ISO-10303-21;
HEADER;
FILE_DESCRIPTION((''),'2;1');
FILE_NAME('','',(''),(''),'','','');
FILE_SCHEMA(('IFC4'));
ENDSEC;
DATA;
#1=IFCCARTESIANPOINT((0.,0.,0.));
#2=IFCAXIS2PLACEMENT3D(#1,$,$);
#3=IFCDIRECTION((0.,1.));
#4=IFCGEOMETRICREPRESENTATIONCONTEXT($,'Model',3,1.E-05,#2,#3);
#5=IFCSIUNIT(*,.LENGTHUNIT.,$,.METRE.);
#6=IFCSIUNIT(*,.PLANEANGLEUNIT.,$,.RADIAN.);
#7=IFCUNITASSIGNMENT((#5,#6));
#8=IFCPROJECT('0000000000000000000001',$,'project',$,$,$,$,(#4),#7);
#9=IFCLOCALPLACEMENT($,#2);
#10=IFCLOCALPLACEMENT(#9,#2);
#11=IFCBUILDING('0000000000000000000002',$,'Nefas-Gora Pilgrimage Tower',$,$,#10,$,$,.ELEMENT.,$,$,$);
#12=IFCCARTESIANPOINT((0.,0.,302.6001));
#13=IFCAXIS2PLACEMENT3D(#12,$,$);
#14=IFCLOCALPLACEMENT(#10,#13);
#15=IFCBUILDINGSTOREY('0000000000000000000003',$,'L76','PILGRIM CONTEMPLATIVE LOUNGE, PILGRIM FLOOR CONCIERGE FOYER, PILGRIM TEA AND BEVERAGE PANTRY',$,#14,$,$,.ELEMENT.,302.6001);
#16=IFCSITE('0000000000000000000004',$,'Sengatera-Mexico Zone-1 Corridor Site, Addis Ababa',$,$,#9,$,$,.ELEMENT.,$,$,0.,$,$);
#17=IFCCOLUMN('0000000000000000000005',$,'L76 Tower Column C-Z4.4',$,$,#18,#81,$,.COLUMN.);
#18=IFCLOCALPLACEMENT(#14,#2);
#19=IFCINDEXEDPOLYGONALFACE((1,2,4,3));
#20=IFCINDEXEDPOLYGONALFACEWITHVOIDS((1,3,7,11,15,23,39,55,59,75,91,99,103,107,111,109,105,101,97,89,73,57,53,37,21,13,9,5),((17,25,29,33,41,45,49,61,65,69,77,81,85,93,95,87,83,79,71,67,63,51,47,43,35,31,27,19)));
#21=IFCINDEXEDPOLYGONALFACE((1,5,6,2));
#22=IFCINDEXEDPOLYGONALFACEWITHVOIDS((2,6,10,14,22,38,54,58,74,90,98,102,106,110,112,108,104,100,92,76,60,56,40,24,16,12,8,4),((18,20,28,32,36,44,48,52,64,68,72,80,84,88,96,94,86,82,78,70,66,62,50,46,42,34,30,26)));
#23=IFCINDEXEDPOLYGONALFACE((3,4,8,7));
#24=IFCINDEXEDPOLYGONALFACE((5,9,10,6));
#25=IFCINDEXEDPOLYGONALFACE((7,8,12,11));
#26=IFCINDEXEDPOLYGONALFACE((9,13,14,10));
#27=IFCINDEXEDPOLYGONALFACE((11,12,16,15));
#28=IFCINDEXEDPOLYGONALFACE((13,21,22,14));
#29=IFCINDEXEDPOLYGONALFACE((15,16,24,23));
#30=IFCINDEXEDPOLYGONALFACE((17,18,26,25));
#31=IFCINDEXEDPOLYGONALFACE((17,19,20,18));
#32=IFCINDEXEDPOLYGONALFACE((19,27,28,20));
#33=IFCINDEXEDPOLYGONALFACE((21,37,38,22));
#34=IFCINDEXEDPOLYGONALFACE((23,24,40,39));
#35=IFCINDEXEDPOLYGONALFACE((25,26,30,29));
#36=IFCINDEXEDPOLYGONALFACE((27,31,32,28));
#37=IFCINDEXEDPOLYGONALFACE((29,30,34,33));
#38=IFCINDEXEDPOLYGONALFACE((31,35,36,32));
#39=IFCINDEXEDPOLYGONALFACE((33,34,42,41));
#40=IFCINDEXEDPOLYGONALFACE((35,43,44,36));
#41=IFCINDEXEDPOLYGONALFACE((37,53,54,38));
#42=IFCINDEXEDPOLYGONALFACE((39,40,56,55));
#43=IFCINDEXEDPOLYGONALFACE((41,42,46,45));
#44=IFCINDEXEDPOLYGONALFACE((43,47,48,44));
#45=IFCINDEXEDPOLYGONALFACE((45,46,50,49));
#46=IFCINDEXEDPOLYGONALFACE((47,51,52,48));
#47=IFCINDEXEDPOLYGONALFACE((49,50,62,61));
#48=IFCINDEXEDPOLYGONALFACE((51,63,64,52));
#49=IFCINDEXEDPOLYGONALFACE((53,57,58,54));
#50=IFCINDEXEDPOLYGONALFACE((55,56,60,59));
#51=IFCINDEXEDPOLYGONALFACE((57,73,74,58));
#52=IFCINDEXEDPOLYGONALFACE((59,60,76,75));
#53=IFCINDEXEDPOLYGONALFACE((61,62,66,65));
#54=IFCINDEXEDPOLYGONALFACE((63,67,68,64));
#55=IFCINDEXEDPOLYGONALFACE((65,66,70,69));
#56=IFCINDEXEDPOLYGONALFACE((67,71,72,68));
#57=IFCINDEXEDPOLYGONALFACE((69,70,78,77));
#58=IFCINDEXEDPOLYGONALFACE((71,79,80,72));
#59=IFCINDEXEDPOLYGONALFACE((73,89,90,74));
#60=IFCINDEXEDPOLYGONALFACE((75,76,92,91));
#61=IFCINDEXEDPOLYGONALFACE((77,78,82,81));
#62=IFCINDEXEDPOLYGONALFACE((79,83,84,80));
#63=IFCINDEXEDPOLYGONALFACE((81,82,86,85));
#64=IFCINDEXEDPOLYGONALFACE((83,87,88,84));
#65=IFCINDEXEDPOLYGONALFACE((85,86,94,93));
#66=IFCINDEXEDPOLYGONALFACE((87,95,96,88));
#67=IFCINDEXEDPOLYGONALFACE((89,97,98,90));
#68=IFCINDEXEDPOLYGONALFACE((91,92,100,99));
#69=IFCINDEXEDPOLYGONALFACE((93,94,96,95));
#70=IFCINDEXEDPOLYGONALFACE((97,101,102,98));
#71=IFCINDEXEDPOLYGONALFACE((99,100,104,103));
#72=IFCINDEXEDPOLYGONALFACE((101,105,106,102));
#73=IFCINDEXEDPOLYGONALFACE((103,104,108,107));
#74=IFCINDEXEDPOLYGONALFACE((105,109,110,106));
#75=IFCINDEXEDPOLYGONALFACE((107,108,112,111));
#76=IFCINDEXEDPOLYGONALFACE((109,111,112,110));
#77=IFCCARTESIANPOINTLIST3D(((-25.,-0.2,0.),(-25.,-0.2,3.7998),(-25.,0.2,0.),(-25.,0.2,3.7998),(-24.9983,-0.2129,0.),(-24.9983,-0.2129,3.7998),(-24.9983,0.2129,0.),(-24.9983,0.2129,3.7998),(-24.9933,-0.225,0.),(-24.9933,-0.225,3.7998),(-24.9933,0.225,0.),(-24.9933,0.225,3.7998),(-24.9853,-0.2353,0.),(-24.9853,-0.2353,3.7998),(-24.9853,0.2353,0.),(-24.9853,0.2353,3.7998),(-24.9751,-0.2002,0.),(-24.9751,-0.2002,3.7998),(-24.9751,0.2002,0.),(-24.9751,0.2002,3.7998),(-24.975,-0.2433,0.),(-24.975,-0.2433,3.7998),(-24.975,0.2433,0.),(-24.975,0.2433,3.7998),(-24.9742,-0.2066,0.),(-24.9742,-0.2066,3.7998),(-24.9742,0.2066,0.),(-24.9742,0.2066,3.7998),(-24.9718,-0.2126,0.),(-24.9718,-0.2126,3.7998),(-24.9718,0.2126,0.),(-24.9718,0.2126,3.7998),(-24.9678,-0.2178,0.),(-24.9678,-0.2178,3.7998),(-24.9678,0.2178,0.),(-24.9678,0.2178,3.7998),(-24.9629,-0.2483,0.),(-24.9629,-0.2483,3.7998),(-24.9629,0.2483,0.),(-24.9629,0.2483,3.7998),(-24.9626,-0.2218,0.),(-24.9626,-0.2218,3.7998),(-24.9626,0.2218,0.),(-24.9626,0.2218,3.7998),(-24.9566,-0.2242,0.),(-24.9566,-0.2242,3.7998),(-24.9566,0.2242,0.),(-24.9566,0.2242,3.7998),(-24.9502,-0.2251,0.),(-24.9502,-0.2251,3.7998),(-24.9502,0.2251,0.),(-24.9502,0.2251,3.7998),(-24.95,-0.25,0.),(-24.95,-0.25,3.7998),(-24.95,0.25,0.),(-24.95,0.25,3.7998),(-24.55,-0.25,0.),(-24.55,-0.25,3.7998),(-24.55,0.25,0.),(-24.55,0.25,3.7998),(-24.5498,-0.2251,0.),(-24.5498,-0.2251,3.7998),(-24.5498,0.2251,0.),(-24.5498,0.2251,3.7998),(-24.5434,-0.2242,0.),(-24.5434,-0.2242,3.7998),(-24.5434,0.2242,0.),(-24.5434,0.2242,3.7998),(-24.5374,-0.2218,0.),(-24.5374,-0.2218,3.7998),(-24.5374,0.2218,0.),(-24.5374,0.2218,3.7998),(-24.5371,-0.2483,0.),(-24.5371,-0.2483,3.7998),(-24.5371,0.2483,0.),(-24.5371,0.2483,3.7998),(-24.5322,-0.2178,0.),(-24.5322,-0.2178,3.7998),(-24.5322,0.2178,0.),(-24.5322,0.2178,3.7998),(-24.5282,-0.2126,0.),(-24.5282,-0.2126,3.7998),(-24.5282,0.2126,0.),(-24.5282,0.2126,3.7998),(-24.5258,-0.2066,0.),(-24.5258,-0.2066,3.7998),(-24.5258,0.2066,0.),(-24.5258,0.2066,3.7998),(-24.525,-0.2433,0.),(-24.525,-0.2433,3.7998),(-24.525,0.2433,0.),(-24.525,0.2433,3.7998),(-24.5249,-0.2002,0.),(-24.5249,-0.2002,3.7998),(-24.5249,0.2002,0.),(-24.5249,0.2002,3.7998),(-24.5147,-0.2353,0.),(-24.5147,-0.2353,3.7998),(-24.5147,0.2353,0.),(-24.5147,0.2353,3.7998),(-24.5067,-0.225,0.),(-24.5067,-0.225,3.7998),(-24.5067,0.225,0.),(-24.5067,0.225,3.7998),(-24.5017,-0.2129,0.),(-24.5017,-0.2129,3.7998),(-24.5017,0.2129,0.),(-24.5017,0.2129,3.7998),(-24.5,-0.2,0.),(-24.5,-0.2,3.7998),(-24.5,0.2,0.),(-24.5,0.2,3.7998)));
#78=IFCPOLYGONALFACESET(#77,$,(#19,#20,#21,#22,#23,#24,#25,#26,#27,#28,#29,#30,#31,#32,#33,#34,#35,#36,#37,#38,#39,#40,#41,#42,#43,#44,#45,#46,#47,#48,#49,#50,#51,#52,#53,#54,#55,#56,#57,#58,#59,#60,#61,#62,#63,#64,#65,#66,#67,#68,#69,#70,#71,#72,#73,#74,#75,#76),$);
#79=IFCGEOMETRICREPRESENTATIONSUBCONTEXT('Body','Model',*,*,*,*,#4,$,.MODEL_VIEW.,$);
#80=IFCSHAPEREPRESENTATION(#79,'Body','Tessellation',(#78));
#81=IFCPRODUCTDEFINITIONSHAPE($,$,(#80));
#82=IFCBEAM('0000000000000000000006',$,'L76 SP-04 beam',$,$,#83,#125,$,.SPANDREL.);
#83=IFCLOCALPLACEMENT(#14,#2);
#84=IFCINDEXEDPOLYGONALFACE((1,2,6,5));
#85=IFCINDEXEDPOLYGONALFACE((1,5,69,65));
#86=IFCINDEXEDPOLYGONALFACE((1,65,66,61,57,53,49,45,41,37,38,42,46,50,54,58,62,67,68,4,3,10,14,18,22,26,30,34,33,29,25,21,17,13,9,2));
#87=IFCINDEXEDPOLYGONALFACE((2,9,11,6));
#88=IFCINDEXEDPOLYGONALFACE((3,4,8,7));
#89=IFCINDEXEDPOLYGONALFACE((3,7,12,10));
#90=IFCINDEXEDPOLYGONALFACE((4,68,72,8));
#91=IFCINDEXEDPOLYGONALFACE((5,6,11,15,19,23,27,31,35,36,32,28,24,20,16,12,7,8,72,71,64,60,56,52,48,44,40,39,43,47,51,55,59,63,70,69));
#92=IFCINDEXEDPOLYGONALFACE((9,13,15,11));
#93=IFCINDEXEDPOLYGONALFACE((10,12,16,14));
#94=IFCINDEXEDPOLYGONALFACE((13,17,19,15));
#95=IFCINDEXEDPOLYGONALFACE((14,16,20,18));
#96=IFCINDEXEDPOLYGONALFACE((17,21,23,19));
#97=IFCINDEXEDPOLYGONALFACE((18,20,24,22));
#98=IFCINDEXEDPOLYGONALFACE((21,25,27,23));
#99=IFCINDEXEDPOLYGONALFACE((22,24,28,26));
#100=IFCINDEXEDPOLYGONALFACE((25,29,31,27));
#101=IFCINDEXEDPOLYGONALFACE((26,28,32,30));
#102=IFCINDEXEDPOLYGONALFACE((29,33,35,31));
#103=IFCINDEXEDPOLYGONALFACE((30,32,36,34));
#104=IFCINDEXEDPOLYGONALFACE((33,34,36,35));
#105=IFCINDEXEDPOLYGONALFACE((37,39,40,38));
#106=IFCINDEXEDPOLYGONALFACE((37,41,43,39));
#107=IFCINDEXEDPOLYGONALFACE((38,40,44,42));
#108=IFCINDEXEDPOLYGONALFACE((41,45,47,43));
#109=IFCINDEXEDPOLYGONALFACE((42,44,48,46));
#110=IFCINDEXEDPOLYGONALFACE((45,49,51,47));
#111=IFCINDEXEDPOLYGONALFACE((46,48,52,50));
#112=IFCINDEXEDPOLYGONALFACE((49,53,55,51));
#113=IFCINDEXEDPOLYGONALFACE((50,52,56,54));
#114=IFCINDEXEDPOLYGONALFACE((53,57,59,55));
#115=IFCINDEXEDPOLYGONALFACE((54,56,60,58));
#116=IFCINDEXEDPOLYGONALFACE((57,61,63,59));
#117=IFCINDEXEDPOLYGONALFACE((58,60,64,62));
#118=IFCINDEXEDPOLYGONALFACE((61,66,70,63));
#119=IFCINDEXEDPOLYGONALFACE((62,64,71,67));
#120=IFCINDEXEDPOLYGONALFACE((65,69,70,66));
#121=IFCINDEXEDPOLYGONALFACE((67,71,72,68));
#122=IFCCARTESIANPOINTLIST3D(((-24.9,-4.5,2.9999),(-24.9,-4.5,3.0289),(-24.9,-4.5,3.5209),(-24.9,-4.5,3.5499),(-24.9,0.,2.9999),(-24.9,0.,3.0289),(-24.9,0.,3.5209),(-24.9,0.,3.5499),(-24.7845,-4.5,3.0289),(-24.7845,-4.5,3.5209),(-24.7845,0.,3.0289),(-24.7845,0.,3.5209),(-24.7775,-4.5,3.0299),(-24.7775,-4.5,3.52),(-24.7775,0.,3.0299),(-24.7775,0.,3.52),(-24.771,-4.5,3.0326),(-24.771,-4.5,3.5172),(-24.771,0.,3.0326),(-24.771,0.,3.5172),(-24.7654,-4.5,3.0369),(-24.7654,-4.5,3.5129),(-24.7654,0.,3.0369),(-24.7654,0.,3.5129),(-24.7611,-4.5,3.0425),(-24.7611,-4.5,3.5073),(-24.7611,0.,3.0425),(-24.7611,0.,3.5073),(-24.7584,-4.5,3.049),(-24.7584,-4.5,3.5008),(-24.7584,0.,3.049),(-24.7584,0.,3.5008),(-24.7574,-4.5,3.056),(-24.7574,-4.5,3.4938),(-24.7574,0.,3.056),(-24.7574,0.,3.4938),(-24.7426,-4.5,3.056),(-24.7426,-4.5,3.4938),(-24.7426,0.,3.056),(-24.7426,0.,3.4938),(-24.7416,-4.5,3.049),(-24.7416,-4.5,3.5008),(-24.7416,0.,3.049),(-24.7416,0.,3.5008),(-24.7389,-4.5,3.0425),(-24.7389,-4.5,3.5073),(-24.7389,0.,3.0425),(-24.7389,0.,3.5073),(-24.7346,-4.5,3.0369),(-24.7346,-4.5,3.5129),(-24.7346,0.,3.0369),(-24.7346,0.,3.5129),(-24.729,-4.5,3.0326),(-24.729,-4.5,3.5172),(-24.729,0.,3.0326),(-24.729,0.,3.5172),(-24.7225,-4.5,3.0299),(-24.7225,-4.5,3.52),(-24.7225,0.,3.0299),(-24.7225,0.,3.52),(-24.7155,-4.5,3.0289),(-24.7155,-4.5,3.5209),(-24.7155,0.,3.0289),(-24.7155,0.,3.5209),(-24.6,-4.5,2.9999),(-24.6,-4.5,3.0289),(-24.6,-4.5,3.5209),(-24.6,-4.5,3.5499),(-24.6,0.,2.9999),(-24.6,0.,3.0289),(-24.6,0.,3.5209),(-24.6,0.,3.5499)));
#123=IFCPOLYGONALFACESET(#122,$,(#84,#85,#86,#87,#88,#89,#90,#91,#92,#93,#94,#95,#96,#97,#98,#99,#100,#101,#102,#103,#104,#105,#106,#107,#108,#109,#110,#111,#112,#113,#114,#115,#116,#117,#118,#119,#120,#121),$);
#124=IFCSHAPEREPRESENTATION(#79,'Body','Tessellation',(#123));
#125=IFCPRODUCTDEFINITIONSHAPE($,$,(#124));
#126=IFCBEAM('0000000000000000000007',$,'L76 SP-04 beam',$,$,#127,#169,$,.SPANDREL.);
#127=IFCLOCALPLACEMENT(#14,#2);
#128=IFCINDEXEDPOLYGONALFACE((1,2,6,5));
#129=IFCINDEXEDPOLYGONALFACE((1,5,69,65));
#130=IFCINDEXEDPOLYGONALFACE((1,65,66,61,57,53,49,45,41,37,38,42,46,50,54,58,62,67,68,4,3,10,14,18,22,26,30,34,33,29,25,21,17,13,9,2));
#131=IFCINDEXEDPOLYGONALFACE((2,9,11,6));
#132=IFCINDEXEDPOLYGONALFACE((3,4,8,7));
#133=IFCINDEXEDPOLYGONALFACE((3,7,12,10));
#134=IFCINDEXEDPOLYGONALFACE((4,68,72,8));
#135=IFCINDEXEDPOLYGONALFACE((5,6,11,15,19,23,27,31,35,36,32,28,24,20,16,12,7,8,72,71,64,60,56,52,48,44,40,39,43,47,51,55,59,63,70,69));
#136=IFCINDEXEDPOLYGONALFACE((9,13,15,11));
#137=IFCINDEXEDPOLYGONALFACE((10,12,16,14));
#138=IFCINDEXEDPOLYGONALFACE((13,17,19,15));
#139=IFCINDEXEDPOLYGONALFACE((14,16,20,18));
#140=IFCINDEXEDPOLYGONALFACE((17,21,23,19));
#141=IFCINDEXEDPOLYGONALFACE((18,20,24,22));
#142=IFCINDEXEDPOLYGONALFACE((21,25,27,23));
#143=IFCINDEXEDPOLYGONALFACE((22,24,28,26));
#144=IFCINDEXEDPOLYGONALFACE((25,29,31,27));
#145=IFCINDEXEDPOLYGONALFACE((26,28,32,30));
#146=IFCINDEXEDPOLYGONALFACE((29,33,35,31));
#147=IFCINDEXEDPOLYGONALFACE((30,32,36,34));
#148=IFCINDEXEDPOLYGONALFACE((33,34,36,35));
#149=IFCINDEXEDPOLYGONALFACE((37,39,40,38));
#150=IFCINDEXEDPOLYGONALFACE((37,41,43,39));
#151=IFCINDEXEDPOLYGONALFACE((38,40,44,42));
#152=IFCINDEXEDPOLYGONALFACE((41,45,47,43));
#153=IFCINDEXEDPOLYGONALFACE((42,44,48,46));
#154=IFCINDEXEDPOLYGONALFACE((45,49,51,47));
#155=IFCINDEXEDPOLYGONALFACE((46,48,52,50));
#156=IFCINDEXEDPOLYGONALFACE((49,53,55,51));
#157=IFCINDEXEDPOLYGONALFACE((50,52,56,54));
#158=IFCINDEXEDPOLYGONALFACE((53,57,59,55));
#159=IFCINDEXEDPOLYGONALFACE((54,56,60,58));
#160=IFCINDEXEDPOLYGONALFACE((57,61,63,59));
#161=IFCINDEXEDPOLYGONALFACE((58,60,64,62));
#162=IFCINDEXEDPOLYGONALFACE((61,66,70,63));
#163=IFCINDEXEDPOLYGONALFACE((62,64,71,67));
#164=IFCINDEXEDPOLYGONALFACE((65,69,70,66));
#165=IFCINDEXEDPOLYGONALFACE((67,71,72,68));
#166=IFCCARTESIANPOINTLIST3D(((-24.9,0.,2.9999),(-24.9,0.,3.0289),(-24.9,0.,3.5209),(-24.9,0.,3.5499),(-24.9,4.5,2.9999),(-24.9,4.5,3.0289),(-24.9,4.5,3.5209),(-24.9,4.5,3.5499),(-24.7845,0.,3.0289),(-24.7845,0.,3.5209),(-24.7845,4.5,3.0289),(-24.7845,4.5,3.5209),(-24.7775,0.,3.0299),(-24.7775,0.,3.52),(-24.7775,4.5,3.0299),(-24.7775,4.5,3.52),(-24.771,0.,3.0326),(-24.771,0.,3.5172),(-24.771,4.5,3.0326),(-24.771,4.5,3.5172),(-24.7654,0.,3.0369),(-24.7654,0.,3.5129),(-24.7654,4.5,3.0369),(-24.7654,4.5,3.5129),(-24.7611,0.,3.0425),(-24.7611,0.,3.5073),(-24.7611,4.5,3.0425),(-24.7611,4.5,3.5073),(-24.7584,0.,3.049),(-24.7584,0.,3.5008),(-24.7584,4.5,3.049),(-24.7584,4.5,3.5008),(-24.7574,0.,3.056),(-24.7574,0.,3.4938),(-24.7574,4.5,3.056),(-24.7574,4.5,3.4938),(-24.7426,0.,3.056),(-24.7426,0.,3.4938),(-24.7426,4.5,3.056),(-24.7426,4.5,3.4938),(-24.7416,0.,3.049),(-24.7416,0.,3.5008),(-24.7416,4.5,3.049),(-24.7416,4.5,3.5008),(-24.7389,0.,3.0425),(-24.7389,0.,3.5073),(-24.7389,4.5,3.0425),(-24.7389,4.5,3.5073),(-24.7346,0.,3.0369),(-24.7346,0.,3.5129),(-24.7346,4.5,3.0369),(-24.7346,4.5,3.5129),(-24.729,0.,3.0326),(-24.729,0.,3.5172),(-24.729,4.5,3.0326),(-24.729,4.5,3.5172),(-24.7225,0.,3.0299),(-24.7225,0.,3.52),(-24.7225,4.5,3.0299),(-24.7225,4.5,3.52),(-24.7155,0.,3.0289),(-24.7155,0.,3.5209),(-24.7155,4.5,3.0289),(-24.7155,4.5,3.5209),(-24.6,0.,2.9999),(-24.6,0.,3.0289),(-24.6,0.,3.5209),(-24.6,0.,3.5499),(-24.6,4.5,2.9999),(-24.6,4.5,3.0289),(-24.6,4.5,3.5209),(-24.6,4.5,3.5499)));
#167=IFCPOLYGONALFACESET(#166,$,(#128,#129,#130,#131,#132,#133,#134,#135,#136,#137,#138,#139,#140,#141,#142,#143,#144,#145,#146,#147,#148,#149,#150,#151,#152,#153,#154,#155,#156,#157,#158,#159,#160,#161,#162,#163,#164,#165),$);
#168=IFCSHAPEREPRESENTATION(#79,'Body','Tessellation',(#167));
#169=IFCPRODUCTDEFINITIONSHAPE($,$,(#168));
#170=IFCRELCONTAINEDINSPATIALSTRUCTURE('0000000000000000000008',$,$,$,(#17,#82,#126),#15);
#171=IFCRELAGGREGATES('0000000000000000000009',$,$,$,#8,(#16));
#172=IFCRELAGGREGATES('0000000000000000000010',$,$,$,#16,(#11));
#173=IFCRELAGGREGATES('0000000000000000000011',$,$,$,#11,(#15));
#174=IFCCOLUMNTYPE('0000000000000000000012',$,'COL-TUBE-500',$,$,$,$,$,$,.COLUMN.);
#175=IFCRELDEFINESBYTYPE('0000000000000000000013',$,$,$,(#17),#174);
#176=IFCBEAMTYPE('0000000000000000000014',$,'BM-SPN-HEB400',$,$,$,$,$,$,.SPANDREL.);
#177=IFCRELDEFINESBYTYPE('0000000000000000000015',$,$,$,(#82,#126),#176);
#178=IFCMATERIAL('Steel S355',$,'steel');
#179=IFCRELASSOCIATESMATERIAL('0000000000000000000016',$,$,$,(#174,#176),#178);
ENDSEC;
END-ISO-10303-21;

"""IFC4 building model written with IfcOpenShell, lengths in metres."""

from ifc_helpers import new_model, si_unit, direction, frame, origin, origin_2d, place, context, subcontext, project, spatial, hollow_rectangle, i_section, extrude, source, transform, mapped, material, material_profile, profile_set, type_object, element, save


model = new_model("IFC4")

# Units and contexts
model_context = context("Model", 3, precision=1e-05, world=origin(), true_north=direction((0.0, 1.0)))
body_context = subcontext(model_context, "Body", "Model", "MODEL_VIEW")
ifc_project = project(units=[si_unit("LENGTHUNIT", "METRE"), si_unit("PLANEANGLEUNIT", "RADIAN")], contexts=[model_context])

# Site, building, storey
site_placement = place(None, origin())
site = spatial("IfcSite", under=ifc_project, at=site_placement, Name="Sengatera-Mexico Zone-1 Corridor Site, Addis Ababa", CompositionType="ELEMENT", RefElevation=0.0)
building_placement = place(site_placement, origin())
building = spatial("IfcBuilding", under=site, at=building_placement, Name="Nefas-Gora Pilgrimage Tower", CompositionType="ELEMENT")
storey_placement = place(building_placement, frame((0.0, 0.0, 302.6001)))
storey = spatial("IfcBuildingStorey", under=building, at=storey_placement, Name="L76", Description="PILGRIM CONTEMPLATIVE LOUNGE, PILGRIM FLOOR CONCIERGE FOYER, PILGRIM TEA AND BEVERAGE PANTRY", CompositionType="ELEMENT", Elevation=302.6001)

# Column
ifc_material_1 = material(Name="Steel S355", Category="steel")
ifc_material_profile_1 = material_profile(ifc_material_1, hollow_rectangle(XDim=0.5, YDim=0.5, WallThickness=0.0249, InnerFilletRadius=0.0249, OuterFilletRadius=0.05, at=origin_2d()), Name="SHS 500x500x25")
ifc_profile_set_1 = profile_set([ifc_material_profile_1], Name="Steel S355")
column_type_1 = type_object("IfcColumnType", Name="COL-TUBE-500", PredefinedType="COLUMN", material=ifc_profile_set_1)
shared_shape_1 = source(origin(), body_context, "Body", "SweptSolid", [
    extrude(hollow_rectangle(XDim=0.5, YDim=0.5, WallThickness=0.0249, InnerFilletRadius=0.0249, OuterFilletRadius=0.05, at=origin_2d()), origin(), (0.0, 0.0, 1.0), 3.7998),
])
for number, where, z_axis, x_axis, name in (
    (1, (-24.75, 0.0, 0.0), (0.0, 0.0, 1.0), (1.0, 0.0, 0.0), "L76 Tower Column C-Z4.4"),
):
    element("IfcColumn", number, at=place(storey_placement, frame(where, z_axis=z_axis, x_axis=x_axis)), inside=storey, type_object=column_type_1, Name=name, PredefinedType="COLUMN", context=body_context, shape_type="MappedRepresentation", body=[
        mapped(shared_shape_1, transform((0.0, 0.0, 0.0), x_axis=(1.0, 0.0, 0.0), y_axis=(0.0, 1.0, 0.0), z_axis=(0.0, 0.0, 1.0), scale=1.0)),
    ])

# Beams
ifc_material_profile_2 = material_profile(ifc_material_1, i_section(OverallWidth=0.3, OverallDepth=0.55, WebThickness=0.0149, FlangeThickness=0.0291, FilletRadius=0.0271, at=origin_2d()), Name="HEB 550")
ifc_profile_set_2 = profile_set([ifc_material_profile_2], Name="Steel S355")
beam_type_1 = type_object("IfcBeamType", Name="BM-SPN-HEB400", PredefinedType="SPANDREL", material=ifc_profile_set_2)
shared_shape_2 = source(origin(), body_context, "Body", "SweptSolid", [
    extrude(i_section(OverallWidth=0.3, OverallDepth=0.55, WebThickness=0.0149, FlangeThickness=0.0291, FilletRadius=0.0271, at=origin_2d()), origin(), (0.0, 0.0, 1.0), 4.5),
])
for number, where, z_axis, x_axis, name in (
    (2, (-24.75, -4.5, 3.2749), (0.0, 1.0, 0.0), (-1.0, 0.0, 0.0), "L76 SP-04 beam"),
    (3, (-24.75, 0.0, 3.2749), (0.0, 1.0, 0.0), (-1.0, 0.0, 0.0), "L76 SP-04 beam"),
):
    element("IfcBeam", number, at=place(storey_placement, frame(where, z_axis=z_axis, x_axis=x_axis)), inside=storey, type_object=beam_type_1, Name=name, PredefinedType="SPANDREL", context=body_context, shape_type="MappedRepresentation", body=[
        mapped(shared_shape_2, transform((0.0, 0.0, 0.0), x_axis=(1.0, 0.0, 0.0), y_axis=(0.0, 1.0, 0.0), z_axis=(0.0, 0.0, 1.0), scale=1.0)),
    ])

save(model, "model.ifc")
